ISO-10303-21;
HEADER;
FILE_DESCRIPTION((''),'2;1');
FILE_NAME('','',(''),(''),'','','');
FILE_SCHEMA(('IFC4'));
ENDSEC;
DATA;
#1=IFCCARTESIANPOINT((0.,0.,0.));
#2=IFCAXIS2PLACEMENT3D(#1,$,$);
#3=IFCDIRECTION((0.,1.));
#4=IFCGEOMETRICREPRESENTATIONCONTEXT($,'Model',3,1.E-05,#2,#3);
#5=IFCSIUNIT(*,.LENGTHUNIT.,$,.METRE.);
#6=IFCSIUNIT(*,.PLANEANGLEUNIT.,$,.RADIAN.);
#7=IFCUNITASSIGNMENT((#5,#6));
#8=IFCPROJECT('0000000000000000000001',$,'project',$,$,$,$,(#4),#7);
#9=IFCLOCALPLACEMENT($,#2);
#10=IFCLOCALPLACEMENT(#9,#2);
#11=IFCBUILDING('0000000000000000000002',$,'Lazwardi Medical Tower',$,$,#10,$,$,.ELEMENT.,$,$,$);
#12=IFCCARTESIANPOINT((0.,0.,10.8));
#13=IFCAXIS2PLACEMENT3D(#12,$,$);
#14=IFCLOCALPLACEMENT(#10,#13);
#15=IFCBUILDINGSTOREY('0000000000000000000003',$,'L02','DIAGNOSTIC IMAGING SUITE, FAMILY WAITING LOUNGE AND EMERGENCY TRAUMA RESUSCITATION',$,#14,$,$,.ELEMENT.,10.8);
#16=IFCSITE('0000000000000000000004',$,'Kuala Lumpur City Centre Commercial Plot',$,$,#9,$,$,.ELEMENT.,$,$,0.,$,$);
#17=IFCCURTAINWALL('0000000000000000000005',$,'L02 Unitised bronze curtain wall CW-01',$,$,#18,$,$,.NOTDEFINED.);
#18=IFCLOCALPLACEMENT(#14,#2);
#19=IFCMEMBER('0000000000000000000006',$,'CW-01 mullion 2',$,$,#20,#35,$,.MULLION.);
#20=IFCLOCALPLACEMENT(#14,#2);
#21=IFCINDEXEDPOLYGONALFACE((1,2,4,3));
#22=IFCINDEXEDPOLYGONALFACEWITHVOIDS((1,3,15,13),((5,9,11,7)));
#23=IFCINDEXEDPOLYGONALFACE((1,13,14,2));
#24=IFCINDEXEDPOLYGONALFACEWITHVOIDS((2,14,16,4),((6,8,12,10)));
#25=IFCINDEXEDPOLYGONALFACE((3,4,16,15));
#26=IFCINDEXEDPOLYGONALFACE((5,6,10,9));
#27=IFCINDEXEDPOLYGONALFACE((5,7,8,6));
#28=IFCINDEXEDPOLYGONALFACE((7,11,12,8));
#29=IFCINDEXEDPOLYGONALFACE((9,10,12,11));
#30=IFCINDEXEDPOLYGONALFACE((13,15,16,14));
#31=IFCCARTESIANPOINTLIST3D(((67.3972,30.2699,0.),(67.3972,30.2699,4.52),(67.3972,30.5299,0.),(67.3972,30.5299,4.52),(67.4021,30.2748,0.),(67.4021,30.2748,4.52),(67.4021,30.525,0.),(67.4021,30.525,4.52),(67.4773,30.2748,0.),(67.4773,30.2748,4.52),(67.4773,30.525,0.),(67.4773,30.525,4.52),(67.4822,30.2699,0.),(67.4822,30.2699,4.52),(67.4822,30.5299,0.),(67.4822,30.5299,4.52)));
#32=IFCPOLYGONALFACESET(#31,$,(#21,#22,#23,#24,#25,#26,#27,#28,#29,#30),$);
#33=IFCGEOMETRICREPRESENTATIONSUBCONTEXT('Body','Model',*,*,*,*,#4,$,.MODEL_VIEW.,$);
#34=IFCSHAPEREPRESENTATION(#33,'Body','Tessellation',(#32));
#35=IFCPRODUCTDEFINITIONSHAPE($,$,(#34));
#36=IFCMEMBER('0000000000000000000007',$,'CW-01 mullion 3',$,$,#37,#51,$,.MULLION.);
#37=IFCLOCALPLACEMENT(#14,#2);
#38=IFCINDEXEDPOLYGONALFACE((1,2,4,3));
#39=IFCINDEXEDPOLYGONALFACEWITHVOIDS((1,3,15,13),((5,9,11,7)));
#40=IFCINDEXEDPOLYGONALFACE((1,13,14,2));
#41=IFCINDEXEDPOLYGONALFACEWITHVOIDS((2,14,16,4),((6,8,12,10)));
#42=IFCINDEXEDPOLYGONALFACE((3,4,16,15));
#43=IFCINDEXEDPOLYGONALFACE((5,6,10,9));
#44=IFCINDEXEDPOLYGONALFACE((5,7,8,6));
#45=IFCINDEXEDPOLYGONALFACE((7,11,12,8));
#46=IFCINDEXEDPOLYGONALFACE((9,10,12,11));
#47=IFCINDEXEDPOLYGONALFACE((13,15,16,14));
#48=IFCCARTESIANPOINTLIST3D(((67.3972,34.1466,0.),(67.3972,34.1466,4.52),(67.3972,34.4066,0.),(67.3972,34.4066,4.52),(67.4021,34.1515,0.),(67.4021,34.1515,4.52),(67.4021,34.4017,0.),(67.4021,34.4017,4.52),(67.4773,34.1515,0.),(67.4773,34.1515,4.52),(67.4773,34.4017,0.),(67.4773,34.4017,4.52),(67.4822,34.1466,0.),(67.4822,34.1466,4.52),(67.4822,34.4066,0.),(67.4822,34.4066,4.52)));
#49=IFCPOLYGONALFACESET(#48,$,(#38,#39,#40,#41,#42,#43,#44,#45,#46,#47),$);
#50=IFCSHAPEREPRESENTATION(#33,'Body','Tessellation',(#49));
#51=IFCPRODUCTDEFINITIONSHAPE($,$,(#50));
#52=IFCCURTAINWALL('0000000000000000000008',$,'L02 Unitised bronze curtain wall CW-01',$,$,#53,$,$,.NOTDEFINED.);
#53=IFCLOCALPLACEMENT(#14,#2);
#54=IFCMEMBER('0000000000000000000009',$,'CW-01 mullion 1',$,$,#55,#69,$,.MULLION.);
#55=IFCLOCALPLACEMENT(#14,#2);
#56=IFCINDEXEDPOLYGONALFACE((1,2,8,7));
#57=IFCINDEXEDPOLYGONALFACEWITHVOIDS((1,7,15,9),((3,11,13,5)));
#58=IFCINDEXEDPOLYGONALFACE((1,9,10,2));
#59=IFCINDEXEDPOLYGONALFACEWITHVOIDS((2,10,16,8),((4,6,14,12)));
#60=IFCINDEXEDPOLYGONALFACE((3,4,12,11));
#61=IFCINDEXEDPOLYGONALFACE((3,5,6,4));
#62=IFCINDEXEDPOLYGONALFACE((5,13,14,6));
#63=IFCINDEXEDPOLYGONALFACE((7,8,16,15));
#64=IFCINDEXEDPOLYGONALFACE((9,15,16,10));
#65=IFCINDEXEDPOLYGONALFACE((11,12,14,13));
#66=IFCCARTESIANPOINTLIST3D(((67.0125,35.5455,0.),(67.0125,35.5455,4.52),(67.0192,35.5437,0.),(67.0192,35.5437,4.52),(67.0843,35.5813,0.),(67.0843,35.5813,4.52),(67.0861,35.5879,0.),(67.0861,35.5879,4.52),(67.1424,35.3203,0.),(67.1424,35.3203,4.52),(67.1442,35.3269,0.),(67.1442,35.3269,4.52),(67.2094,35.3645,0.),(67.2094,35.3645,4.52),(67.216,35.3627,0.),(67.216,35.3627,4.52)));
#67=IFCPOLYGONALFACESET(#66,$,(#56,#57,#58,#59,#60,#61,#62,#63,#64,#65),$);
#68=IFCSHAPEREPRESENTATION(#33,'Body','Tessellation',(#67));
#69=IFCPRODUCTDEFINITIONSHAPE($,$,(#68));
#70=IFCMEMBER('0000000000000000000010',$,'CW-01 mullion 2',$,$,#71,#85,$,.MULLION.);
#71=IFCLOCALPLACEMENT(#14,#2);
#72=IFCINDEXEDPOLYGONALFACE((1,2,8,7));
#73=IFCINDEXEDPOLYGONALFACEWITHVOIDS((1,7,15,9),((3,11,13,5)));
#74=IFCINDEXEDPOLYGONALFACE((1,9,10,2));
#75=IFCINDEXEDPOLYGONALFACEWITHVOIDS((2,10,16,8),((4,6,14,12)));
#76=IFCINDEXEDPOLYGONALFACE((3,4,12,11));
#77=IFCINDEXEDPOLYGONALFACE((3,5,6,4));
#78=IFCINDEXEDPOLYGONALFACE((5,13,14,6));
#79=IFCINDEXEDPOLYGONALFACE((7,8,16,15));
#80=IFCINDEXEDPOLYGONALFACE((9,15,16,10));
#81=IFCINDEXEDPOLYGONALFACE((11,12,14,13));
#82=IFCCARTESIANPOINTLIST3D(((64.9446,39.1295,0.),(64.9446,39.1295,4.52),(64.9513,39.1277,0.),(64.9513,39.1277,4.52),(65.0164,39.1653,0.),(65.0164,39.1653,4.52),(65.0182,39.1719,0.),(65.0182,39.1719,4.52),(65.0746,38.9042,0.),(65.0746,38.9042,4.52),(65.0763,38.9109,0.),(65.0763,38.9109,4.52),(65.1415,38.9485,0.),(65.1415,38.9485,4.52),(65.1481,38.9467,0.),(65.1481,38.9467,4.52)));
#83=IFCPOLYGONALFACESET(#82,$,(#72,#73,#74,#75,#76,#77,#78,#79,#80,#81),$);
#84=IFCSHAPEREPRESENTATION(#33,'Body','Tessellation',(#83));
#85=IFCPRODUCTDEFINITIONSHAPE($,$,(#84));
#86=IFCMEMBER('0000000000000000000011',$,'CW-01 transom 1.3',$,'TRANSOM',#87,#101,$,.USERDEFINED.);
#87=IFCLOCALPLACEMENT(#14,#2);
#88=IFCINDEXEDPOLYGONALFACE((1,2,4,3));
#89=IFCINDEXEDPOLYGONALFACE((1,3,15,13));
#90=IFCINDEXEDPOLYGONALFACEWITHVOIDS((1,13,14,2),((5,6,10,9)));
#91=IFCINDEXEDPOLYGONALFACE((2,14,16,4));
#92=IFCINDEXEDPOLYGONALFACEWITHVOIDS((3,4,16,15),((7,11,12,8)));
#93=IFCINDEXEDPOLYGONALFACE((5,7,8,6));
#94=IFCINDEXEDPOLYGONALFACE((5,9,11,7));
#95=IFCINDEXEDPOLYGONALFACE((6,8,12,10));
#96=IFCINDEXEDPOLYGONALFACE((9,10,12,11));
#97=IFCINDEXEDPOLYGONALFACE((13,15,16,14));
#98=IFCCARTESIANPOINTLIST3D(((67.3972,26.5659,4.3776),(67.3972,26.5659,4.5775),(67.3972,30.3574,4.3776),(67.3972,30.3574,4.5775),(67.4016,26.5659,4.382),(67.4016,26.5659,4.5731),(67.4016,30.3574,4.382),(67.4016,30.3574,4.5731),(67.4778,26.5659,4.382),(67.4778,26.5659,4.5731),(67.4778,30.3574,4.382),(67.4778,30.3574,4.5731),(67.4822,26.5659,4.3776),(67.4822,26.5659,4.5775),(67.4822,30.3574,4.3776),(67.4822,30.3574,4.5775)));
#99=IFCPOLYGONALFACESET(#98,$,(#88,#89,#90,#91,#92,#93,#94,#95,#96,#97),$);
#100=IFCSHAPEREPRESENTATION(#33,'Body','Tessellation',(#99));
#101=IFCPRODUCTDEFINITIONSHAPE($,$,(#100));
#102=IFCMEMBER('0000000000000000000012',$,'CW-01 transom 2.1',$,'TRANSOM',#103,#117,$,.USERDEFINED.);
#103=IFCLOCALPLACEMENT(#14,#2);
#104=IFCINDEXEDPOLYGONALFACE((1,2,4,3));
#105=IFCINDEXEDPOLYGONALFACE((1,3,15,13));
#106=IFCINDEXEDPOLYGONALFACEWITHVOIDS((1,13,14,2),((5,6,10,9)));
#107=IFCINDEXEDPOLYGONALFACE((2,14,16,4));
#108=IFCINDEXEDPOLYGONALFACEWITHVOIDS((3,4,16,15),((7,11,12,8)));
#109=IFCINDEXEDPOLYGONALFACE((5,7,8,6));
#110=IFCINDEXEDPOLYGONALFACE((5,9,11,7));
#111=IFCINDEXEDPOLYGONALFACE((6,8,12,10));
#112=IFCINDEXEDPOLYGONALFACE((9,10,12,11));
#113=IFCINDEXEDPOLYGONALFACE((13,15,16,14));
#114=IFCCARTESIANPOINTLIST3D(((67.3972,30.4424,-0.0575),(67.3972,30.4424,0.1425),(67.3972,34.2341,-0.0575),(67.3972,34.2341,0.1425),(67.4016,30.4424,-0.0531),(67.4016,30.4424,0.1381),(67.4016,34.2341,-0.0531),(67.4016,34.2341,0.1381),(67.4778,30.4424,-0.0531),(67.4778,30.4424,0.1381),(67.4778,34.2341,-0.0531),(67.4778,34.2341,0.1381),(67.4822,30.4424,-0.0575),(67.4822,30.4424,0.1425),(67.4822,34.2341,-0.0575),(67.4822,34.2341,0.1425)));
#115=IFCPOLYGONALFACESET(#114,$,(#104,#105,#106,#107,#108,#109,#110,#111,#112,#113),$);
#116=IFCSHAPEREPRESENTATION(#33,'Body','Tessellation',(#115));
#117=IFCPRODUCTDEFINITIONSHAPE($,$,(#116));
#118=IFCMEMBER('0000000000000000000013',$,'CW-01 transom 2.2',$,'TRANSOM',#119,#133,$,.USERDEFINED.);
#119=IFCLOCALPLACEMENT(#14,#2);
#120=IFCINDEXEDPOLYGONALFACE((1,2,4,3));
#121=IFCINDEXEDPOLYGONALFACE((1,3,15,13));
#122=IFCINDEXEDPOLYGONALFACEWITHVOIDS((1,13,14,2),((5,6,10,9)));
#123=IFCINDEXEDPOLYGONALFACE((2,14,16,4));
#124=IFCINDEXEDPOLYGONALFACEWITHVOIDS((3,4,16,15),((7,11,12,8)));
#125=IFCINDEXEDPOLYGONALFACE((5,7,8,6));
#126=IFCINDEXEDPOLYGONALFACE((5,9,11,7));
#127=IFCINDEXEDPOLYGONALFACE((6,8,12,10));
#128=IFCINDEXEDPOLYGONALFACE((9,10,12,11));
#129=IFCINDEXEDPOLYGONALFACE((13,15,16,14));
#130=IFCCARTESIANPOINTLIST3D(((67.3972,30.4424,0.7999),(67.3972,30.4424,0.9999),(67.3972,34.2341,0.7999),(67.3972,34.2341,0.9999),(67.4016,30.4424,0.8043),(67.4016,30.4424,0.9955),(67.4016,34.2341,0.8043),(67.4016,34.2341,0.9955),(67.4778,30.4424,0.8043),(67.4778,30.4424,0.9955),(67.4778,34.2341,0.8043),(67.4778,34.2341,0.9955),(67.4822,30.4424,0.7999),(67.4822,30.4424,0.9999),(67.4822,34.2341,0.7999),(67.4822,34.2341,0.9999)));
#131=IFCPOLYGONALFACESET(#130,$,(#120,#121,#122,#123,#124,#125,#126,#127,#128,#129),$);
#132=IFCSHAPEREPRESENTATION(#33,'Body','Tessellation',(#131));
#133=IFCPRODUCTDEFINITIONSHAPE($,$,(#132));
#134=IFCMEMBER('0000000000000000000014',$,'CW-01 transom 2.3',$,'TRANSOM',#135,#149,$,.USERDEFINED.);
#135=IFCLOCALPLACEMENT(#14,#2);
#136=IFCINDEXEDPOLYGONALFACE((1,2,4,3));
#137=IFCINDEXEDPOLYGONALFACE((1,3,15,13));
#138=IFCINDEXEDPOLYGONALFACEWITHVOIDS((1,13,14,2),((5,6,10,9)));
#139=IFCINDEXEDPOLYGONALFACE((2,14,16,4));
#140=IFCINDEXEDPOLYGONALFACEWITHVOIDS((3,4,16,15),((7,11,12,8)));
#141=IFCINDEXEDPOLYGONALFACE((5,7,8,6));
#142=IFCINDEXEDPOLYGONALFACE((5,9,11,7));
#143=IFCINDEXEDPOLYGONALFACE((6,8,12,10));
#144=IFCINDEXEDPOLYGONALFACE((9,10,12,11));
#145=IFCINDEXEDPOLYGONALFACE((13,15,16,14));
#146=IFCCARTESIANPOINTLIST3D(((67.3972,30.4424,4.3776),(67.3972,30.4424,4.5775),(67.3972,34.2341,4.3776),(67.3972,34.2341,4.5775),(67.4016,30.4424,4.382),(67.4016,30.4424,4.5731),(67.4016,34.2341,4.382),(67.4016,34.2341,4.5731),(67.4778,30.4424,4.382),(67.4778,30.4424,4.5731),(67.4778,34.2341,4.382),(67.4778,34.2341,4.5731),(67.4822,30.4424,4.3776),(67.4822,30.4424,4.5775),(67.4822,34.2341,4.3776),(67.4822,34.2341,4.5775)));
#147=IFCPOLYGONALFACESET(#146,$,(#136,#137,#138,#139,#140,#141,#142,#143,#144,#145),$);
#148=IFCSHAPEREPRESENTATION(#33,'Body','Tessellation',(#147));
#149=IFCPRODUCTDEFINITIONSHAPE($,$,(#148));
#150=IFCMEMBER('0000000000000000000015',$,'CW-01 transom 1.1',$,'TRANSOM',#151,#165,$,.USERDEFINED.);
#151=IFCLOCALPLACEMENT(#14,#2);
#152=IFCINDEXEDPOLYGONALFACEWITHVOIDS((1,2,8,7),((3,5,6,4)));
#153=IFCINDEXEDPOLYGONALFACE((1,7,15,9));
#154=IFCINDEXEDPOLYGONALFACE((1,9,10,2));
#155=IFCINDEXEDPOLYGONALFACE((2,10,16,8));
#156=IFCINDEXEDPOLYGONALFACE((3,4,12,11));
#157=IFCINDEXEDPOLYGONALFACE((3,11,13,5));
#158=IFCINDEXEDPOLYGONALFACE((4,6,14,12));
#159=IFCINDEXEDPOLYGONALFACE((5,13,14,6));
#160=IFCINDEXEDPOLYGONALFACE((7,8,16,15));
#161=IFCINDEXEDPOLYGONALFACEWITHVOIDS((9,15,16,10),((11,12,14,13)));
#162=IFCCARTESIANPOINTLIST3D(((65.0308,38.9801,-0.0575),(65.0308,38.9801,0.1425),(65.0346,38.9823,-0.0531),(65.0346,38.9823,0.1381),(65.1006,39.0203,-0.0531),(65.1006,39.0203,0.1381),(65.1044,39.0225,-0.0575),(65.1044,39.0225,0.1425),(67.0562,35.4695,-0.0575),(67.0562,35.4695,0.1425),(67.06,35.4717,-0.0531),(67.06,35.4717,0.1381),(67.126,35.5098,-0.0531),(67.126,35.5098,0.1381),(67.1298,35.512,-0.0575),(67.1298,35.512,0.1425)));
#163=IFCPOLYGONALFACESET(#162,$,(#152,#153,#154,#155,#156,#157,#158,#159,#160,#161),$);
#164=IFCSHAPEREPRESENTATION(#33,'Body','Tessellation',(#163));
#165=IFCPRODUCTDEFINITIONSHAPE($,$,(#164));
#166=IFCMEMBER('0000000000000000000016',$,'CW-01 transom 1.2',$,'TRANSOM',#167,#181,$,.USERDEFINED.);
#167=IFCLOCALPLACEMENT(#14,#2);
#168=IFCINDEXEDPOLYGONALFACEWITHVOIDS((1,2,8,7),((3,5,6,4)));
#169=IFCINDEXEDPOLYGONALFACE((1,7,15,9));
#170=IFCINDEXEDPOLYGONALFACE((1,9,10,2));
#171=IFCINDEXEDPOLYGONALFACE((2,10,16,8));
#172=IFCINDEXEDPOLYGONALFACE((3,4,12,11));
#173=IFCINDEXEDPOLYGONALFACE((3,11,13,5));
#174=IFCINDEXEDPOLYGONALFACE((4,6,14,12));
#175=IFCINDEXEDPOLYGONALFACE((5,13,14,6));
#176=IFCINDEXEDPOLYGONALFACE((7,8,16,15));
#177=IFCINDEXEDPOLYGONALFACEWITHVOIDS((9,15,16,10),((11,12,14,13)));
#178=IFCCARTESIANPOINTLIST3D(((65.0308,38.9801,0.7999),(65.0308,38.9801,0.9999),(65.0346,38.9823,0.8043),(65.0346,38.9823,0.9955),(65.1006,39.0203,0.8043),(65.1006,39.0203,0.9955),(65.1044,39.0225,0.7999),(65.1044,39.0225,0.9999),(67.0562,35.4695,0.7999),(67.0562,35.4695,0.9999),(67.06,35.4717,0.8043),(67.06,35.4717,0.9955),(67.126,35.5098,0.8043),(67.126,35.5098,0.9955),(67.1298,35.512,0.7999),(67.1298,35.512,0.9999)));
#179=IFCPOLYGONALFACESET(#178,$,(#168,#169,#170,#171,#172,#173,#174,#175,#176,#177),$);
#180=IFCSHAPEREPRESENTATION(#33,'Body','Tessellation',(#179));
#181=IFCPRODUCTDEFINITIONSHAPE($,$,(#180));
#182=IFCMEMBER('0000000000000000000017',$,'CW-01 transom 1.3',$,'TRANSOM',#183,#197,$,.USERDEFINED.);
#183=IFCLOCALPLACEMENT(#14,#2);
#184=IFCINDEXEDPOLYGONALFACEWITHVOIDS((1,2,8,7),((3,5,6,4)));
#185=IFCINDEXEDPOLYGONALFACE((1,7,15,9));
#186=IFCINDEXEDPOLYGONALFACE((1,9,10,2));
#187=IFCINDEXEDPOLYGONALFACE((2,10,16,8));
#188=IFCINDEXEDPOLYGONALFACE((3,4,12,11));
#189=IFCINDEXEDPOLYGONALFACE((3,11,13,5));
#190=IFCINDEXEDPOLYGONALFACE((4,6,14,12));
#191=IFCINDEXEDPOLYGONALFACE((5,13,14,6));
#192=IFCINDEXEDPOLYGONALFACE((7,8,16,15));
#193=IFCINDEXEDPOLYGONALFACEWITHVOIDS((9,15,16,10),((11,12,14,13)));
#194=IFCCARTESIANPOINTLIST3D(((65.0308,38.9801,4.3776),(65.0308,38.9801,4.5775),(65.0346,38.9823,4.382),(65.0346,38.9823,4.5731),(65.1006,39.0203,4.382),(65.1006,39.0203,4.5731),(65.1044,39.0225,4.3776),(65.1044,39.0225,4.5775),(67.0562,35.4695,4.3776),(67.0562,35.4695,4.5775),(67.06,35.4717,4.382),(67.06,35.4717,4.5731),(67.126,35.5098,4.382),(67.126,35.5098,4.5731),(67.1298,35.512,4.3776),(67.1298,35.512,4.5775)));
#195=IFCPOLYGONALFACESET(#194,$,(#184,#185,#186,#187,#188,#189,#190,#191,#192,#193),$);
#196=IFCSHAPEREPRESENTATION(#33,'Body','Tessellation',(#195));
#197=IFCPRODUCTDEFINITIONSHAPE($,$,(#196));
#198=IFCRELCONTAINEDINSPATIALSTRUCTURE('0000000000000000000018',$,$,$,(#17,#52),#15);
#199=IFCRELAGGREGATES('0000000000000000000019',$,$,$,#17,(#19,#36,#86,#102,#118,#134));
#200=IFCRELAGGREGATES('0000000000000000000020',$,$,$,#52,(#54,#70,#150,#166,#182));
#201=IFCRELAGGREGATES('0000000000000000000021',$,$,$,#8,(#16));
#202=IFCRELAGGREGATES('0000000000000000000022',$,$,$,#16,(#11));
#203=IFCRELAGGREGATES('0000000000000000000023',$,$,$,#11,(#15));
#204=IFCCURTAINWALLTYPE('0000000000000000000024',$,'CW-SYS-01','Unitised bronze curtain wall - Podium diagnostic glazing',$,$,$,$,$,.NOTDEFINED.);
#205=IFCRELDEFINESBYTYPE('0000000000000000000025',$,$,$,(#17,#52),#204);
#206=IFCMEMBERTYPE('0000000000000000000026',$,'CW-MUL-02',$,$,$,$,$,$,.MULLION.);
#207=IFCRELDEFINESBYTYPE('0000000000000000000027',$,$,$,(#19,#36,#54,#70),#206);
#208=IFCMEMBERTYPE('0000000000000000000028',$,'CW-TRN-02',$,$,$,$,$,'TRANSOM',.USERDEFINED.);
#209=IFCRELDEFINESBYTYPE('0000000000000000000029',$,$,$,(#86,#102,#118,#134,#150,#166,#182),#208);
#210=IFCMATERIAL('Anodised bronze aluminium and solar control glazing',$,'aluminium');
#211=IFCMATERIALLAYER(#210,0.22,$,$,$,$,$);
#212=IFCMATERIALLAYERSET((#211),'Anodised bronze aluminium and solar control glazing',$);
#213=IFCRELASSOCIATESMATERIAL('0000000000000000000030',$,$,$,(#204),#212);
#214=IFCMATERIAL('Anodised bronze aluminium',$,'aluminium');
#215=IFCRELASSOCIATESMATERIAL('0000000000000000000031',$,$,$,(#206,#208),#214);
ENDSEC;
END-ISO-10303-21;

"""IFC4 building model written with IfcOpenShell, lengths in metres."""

from ifc_helpers import new_model, si_unit, direction, frame, origin, origin_2d, place, context, subcontext, project, spatial, hollow_rectangle, extrude, material, layer, layer_set, material_profile, profile_set, type_object, element, aggregate, save


model = new_model("IFC4")

# Units and contexts
model_context = context("Model", 3, precision=1e-05, world=origin(), true_north=direction((0.0, 1.0)))
body_context = subcontext(model_context, "Body", "Model", "MODEL_VIEW")
ifc_project = project(units=[si_unit("LENGTHUNIT", "METRE"), si_unit("PLANEANGLEUNIT", "RADIAN")], contexts=[model_context])

# Site, building, storey
site_placement = place(None, origin())
site = spatial("IfcSite", under=ifc_project, at=site_placement, Name="Kuala Lumpur City Centre Commercial Plot", CompositionType="ELEMENT", RefElevation=0.0)
building_placement = place(site_placement, origin())
building = spatial("IfcBuilding", under=site, at=building_placement, Name="Lazwardi Medical Tower", CompositionType="ELEMENT")
storey_placement = place(building_placement, frame((0.0, 0.0, 10.8)))
storey = spatial("IfcBuildingStorey", under=building, at=storey_placement, Name="L02", Description="DIAGNOSTIC IMAGING SUITE, FAMILY WAITING LOUNGE AND EMERGENCY TRAUMA RESUSCITATION", CompositionType="ELEMENT", Elevation=10.8)

# Curtain walls, members
ifc_material_1 = material(Name="Anodised bronze aluminium and solar control glazing", Category="aluminium")
ifc_layer_1 = layer(ifc_material_1, 0.22)
ifc_layer_set_1 = layer_set([ifc_layer_1], Name="Anodised bronze aluminium and solar control glazing")
curtain_wall_type = type_object("IfcCurtainWallType", Name="CW-SYS-01", Description="Unitised bronze curtain wall - Podium diagnostic glazing", PredefinedType="NOTDEFINED", material=ifc_layer_set_1)
curtain_wall_1_placement = place(storey_placement, origin())
curtain_wall_1 = element("IfcCurtainWall", 1, at=curtain_wall_1_placement, inside=storey, type_object=curtain_wall_type, Name="L02 Unitised bronze curtain wall CW-01", PredefinedType="NOTDEFINED")
ifc_material_2 = material(Name="Anodised bronze aluminium", Category="aluminium")
ifc_material_profile_1 = material_profile(ifc_material_2, hollow_rectangle(XDim=0.085, YDim=0.26, WallThickness=0.0049, at=origin_2d()), Name="ALU-MULLION 260x85x5")
ifc_profile_set_1 = profile_set([ifc_material_profile_1], Name="Anodised bronze aluminium")
member_type_1 = type_object("IfcMemberType", Name="CW-MUL-02", PredefinedType="MULLION", material=ifc_profile_set_1)
member_1_placement = place(storey_placement, frame((67.4397, 30.3999, 0.0), z_axis=(0.0, 0.0, 1.0), x_axis=(-1.0, 0.0, 0.0)))
member_1 = element("IfcMember", 2, at=member_1_placement, type_object=member_type_1, Name="CW-01 mullion 2", PredefinedType="MULLION", context=body_context, shape_type="SweptSolid", body=[
    extrude(hollow_rectangle(XDim=0.085, YDim=0.26, WallThickness=0.0049, at=origin_2d()), origin(), (0.0, 0.0, 1.0), 4.52),
])
member_2_placement = place(storey_placement, frame((67.4397, 34.2766, 0.0), z_axis=(0.0, 0.0, 1.0), x_axis=(-1.0, 0.0, 0.0)))
member_2 = element("IfcMember", 3, at=member_2_placement, type_object=member_type_1, Name="CW-01 mullion 3", PredefinedType="MULLION", context=body_context, shape_type="SweptSolid", body=[
    extrude(hollow_rectangle(XDim=0.085, YDim=0.26, WallThickness=0.0049, at=origin_2d()), origin(), (0.0, 0.0, 1.0), 4.52),
])
curtain_wall_2_placement = place(storey_placement, origin())
curtain_wall_2 = element("IfcCurtainWall", 4, at=curtain_wall_2_placement, inside=storey, type_object=curtain_wall_type, Name="L02 Unitised bronze curtain wall CW-01", PredefinedType="NOTDEFINED")
member_3_placement = place(storey_placement, frame((67.1143, 35.4541, 0.0), z_axis=(0.0, 0.0, 1.0), x_axis=(-0.866181, -0.499731, 0.0)))
member_3 = element("IfcMember", 5, at=member_3_placement, type_object=member_type_1, Name="CW-01 mullion 1", PredefinedType="MULLION", context=body_context, shape_type="SweptSolid", body=[
    extrude(hollow_rectangle(XDim=0.085, YDim=0.26, WallThickness=0.0049, at=origin_2d()), origin(), (0.0, 0.0, 1.0), 4.52),
])
member_4_placement = place(storey_placement, frame((65.0464, 39.0381, 0.0), z_axis=(0.0, 0.0, 1.0), x_axis=(-0.866181, -0.499731, 0.0)))
member_4 = element("IfcMember", 6, at=member_4_placement, type_object=member_type_1, Name="CW-01 mullion 2", PredefinedType="MULLION", context=body_context, shape_type="SweptSolid", body=[
    extrude(hollow_rectangle(XDim=0.085, YDim=0.26, WallThickness=0.0049, at=origin_2d()), origin(), (0.0, 0.0, 1.0), 4.52),
])

# Members
ifc_material_profile_2 = material_profile(ifc_material_2, hollow_rectangle(XDim=0.085, YDim=0.2, WallThickness=0.0044, at=origin_2d()), Name="ALU-TRANSOM 200x85x4.5")
ifc_profile_set_2 = profile_set([ifc_material_profile_2], Name="Anodised bronze aluminium")
member_type_2 = type_object("IfcMemberType", Name="CW-TRN-02", ElementType="TRANSOM", PredefinedType="USERDEFINED", material=ifc_profile_set_2)
member_5_placement = place(storey_placement, frame((67.4397, 26.5659, 4.4775), z_axis=(0.0, 1.0, 0.0), x_axis=(-1.0, 0.0, 0.0)))
member_5 = element("IfcMember", 7, at=member_5_placement, type_object=member_type_2, Name="CW-01 transom 1.3", ObjectType="TRANSOM", PredefinedType="USERDEFINED", context=body_context, shape_type="SweptSolid", body=[
    extrude(hollow_rectangle(XDim=0.085, YDim=0.2, WallThickness=0.0044, at=origin_2d()), origin(), (0.0, 0.0, 1.0), 3.7915),
])
member_6_placement = place(storey_placement, frame((67.4397, 30.4424, 0.0425), z_axis=(0.0, 1.0, 0.0), x_axis=(-1.0, 0.0, 0.0)))
member_6 = element("IfcMember", 8, at=member_6_placement, type_object=member_type_2, Name="CW-01 transom 2.1", ObjectType="TRANSOM", PredefinedType="USERDEFINED", context=body_context, shape_type="SweptSolid", body=[
    extrude(hollow_rectangle(XDim=0.085, YDim=0.2, WallThickness=0.0044, at=origin_2d()), origin(), (0.0, 0.0, 1.0), 3.7917),
])
member_7_placement = place(storey_placement, frame((67.4397, 30.4424, 0.8999), z_axis=(0.0, 1.0, 0.0), x_axis=(-1.0, 0.0, 0.0)))
member_7 = element("IfcMember", 9, at=member_7_placement, type_object=member_type_2, Name="CW-01 transom 2.2", ObjectType="TRANSOM", PredefinedType="USERDEFINED", context=body_context, shape_type="SweptSolid", body=[
    extrude(hollow_rectangle(XDim=0.085, YDim=0.2, WallThickness=0.0044, at=origin_2d()), origin(), (0.0, 0.0, 1.0), 3.7917),
])
member_8_placement = place(storey_placement, frame((67.4397, 30.4424, 4.4775), z_axis=(0.0, 1.0, 0.0), x_axis=(-1.0, 0.0, 0.0)))
member_8 = element("IfcMember", 10, at=member_8_placement, type_object=member_type_2, Name="CW-01 transom 2.3", ObjectType="TRANSOM", PredefinedType="USERDEFINED", context=body_context, shape_type="SweptSolid", body=[
    extrude(hollow_rectangle(XDim=0.085, YDim=0.2, WallThickness=0.0044, at=origin_2d()), origin(), (0.0, 0.0, 1.0), 3.7917),
])
member_9_placement = place(storey_placement, frame((67.093, 35.4907, 0.0425), z_axis=(-0.499742, 0.866175, 0.0), x_axis=(-0.866175, -0.499742, 0.0)))
member_9 = element("IfcMember", 11, at=member_9_placement, type_object=member_type_2, Name="CW-01 transom 1.1", ObjectType="TRANSOM", PredefinedType="USERDEFINED", context=body_context, shape_type="SweptSolid", body=[
    extrude(hollow_rectangle(XDim=0.085, YDim=0.2, WallThickness=0.0044, at=origin_2d()), origin(), (0.0, 0.0, 1.0), 4.053),
])
member_10_placement = place(storey_placement, frame((67.093, 35.4907, 0.8999), z_axis=(-0.499742, 0.866175, 0.0), x_axis=(-0.866175, -0.499742, 0.0)))
member_10 = element("IfcMember", 12, at=member_10_placement, type_object=member_type_2, Name="CW-01 transom 1.2", ObjectType="TRANSOM", PredefinedType="USERDEFINED", context=body_context, shape_type="SweptSolid", body=[
    extrude(hollow_rectangle(XDim=0.085, YDim=0.2, WallThickness=0.0044, at=origin_2d()), origin(), (0.0, 0.0, 1.0), 4.053),
])
member_11_placement = place(storey_placement, frame((67.093, 35.4907, 4.4775), z_axis=(-0.499742, 0.866175, 0.0), x_axis=(-0.866175, -0.499742, 0.0)))
member_11 = element("IfcMember", 13, at=member_11_placement, type_object=member_type_2, Name="CW-01 transom 1.3", ObjectType="TRANSOM", PredefinedType="USERDEFINED", context=body_context, shape_type="SweptSolid", body=[
    extrude(hollow_rectangle(XDim=0.085, YDim=0.2, WallThickness=0.0044, at=origin_2d()), origin(), (0.0, 0.0, 1.0), 4.053),
])

aggregate(curtain_wall_1, [member_1, member_2, member_5, member_6, member_7, member_8])
aggregate(curtain_wall_2, [member_3, member_4, member_9, member_10, member_11])

save(model, "model.ifc")
